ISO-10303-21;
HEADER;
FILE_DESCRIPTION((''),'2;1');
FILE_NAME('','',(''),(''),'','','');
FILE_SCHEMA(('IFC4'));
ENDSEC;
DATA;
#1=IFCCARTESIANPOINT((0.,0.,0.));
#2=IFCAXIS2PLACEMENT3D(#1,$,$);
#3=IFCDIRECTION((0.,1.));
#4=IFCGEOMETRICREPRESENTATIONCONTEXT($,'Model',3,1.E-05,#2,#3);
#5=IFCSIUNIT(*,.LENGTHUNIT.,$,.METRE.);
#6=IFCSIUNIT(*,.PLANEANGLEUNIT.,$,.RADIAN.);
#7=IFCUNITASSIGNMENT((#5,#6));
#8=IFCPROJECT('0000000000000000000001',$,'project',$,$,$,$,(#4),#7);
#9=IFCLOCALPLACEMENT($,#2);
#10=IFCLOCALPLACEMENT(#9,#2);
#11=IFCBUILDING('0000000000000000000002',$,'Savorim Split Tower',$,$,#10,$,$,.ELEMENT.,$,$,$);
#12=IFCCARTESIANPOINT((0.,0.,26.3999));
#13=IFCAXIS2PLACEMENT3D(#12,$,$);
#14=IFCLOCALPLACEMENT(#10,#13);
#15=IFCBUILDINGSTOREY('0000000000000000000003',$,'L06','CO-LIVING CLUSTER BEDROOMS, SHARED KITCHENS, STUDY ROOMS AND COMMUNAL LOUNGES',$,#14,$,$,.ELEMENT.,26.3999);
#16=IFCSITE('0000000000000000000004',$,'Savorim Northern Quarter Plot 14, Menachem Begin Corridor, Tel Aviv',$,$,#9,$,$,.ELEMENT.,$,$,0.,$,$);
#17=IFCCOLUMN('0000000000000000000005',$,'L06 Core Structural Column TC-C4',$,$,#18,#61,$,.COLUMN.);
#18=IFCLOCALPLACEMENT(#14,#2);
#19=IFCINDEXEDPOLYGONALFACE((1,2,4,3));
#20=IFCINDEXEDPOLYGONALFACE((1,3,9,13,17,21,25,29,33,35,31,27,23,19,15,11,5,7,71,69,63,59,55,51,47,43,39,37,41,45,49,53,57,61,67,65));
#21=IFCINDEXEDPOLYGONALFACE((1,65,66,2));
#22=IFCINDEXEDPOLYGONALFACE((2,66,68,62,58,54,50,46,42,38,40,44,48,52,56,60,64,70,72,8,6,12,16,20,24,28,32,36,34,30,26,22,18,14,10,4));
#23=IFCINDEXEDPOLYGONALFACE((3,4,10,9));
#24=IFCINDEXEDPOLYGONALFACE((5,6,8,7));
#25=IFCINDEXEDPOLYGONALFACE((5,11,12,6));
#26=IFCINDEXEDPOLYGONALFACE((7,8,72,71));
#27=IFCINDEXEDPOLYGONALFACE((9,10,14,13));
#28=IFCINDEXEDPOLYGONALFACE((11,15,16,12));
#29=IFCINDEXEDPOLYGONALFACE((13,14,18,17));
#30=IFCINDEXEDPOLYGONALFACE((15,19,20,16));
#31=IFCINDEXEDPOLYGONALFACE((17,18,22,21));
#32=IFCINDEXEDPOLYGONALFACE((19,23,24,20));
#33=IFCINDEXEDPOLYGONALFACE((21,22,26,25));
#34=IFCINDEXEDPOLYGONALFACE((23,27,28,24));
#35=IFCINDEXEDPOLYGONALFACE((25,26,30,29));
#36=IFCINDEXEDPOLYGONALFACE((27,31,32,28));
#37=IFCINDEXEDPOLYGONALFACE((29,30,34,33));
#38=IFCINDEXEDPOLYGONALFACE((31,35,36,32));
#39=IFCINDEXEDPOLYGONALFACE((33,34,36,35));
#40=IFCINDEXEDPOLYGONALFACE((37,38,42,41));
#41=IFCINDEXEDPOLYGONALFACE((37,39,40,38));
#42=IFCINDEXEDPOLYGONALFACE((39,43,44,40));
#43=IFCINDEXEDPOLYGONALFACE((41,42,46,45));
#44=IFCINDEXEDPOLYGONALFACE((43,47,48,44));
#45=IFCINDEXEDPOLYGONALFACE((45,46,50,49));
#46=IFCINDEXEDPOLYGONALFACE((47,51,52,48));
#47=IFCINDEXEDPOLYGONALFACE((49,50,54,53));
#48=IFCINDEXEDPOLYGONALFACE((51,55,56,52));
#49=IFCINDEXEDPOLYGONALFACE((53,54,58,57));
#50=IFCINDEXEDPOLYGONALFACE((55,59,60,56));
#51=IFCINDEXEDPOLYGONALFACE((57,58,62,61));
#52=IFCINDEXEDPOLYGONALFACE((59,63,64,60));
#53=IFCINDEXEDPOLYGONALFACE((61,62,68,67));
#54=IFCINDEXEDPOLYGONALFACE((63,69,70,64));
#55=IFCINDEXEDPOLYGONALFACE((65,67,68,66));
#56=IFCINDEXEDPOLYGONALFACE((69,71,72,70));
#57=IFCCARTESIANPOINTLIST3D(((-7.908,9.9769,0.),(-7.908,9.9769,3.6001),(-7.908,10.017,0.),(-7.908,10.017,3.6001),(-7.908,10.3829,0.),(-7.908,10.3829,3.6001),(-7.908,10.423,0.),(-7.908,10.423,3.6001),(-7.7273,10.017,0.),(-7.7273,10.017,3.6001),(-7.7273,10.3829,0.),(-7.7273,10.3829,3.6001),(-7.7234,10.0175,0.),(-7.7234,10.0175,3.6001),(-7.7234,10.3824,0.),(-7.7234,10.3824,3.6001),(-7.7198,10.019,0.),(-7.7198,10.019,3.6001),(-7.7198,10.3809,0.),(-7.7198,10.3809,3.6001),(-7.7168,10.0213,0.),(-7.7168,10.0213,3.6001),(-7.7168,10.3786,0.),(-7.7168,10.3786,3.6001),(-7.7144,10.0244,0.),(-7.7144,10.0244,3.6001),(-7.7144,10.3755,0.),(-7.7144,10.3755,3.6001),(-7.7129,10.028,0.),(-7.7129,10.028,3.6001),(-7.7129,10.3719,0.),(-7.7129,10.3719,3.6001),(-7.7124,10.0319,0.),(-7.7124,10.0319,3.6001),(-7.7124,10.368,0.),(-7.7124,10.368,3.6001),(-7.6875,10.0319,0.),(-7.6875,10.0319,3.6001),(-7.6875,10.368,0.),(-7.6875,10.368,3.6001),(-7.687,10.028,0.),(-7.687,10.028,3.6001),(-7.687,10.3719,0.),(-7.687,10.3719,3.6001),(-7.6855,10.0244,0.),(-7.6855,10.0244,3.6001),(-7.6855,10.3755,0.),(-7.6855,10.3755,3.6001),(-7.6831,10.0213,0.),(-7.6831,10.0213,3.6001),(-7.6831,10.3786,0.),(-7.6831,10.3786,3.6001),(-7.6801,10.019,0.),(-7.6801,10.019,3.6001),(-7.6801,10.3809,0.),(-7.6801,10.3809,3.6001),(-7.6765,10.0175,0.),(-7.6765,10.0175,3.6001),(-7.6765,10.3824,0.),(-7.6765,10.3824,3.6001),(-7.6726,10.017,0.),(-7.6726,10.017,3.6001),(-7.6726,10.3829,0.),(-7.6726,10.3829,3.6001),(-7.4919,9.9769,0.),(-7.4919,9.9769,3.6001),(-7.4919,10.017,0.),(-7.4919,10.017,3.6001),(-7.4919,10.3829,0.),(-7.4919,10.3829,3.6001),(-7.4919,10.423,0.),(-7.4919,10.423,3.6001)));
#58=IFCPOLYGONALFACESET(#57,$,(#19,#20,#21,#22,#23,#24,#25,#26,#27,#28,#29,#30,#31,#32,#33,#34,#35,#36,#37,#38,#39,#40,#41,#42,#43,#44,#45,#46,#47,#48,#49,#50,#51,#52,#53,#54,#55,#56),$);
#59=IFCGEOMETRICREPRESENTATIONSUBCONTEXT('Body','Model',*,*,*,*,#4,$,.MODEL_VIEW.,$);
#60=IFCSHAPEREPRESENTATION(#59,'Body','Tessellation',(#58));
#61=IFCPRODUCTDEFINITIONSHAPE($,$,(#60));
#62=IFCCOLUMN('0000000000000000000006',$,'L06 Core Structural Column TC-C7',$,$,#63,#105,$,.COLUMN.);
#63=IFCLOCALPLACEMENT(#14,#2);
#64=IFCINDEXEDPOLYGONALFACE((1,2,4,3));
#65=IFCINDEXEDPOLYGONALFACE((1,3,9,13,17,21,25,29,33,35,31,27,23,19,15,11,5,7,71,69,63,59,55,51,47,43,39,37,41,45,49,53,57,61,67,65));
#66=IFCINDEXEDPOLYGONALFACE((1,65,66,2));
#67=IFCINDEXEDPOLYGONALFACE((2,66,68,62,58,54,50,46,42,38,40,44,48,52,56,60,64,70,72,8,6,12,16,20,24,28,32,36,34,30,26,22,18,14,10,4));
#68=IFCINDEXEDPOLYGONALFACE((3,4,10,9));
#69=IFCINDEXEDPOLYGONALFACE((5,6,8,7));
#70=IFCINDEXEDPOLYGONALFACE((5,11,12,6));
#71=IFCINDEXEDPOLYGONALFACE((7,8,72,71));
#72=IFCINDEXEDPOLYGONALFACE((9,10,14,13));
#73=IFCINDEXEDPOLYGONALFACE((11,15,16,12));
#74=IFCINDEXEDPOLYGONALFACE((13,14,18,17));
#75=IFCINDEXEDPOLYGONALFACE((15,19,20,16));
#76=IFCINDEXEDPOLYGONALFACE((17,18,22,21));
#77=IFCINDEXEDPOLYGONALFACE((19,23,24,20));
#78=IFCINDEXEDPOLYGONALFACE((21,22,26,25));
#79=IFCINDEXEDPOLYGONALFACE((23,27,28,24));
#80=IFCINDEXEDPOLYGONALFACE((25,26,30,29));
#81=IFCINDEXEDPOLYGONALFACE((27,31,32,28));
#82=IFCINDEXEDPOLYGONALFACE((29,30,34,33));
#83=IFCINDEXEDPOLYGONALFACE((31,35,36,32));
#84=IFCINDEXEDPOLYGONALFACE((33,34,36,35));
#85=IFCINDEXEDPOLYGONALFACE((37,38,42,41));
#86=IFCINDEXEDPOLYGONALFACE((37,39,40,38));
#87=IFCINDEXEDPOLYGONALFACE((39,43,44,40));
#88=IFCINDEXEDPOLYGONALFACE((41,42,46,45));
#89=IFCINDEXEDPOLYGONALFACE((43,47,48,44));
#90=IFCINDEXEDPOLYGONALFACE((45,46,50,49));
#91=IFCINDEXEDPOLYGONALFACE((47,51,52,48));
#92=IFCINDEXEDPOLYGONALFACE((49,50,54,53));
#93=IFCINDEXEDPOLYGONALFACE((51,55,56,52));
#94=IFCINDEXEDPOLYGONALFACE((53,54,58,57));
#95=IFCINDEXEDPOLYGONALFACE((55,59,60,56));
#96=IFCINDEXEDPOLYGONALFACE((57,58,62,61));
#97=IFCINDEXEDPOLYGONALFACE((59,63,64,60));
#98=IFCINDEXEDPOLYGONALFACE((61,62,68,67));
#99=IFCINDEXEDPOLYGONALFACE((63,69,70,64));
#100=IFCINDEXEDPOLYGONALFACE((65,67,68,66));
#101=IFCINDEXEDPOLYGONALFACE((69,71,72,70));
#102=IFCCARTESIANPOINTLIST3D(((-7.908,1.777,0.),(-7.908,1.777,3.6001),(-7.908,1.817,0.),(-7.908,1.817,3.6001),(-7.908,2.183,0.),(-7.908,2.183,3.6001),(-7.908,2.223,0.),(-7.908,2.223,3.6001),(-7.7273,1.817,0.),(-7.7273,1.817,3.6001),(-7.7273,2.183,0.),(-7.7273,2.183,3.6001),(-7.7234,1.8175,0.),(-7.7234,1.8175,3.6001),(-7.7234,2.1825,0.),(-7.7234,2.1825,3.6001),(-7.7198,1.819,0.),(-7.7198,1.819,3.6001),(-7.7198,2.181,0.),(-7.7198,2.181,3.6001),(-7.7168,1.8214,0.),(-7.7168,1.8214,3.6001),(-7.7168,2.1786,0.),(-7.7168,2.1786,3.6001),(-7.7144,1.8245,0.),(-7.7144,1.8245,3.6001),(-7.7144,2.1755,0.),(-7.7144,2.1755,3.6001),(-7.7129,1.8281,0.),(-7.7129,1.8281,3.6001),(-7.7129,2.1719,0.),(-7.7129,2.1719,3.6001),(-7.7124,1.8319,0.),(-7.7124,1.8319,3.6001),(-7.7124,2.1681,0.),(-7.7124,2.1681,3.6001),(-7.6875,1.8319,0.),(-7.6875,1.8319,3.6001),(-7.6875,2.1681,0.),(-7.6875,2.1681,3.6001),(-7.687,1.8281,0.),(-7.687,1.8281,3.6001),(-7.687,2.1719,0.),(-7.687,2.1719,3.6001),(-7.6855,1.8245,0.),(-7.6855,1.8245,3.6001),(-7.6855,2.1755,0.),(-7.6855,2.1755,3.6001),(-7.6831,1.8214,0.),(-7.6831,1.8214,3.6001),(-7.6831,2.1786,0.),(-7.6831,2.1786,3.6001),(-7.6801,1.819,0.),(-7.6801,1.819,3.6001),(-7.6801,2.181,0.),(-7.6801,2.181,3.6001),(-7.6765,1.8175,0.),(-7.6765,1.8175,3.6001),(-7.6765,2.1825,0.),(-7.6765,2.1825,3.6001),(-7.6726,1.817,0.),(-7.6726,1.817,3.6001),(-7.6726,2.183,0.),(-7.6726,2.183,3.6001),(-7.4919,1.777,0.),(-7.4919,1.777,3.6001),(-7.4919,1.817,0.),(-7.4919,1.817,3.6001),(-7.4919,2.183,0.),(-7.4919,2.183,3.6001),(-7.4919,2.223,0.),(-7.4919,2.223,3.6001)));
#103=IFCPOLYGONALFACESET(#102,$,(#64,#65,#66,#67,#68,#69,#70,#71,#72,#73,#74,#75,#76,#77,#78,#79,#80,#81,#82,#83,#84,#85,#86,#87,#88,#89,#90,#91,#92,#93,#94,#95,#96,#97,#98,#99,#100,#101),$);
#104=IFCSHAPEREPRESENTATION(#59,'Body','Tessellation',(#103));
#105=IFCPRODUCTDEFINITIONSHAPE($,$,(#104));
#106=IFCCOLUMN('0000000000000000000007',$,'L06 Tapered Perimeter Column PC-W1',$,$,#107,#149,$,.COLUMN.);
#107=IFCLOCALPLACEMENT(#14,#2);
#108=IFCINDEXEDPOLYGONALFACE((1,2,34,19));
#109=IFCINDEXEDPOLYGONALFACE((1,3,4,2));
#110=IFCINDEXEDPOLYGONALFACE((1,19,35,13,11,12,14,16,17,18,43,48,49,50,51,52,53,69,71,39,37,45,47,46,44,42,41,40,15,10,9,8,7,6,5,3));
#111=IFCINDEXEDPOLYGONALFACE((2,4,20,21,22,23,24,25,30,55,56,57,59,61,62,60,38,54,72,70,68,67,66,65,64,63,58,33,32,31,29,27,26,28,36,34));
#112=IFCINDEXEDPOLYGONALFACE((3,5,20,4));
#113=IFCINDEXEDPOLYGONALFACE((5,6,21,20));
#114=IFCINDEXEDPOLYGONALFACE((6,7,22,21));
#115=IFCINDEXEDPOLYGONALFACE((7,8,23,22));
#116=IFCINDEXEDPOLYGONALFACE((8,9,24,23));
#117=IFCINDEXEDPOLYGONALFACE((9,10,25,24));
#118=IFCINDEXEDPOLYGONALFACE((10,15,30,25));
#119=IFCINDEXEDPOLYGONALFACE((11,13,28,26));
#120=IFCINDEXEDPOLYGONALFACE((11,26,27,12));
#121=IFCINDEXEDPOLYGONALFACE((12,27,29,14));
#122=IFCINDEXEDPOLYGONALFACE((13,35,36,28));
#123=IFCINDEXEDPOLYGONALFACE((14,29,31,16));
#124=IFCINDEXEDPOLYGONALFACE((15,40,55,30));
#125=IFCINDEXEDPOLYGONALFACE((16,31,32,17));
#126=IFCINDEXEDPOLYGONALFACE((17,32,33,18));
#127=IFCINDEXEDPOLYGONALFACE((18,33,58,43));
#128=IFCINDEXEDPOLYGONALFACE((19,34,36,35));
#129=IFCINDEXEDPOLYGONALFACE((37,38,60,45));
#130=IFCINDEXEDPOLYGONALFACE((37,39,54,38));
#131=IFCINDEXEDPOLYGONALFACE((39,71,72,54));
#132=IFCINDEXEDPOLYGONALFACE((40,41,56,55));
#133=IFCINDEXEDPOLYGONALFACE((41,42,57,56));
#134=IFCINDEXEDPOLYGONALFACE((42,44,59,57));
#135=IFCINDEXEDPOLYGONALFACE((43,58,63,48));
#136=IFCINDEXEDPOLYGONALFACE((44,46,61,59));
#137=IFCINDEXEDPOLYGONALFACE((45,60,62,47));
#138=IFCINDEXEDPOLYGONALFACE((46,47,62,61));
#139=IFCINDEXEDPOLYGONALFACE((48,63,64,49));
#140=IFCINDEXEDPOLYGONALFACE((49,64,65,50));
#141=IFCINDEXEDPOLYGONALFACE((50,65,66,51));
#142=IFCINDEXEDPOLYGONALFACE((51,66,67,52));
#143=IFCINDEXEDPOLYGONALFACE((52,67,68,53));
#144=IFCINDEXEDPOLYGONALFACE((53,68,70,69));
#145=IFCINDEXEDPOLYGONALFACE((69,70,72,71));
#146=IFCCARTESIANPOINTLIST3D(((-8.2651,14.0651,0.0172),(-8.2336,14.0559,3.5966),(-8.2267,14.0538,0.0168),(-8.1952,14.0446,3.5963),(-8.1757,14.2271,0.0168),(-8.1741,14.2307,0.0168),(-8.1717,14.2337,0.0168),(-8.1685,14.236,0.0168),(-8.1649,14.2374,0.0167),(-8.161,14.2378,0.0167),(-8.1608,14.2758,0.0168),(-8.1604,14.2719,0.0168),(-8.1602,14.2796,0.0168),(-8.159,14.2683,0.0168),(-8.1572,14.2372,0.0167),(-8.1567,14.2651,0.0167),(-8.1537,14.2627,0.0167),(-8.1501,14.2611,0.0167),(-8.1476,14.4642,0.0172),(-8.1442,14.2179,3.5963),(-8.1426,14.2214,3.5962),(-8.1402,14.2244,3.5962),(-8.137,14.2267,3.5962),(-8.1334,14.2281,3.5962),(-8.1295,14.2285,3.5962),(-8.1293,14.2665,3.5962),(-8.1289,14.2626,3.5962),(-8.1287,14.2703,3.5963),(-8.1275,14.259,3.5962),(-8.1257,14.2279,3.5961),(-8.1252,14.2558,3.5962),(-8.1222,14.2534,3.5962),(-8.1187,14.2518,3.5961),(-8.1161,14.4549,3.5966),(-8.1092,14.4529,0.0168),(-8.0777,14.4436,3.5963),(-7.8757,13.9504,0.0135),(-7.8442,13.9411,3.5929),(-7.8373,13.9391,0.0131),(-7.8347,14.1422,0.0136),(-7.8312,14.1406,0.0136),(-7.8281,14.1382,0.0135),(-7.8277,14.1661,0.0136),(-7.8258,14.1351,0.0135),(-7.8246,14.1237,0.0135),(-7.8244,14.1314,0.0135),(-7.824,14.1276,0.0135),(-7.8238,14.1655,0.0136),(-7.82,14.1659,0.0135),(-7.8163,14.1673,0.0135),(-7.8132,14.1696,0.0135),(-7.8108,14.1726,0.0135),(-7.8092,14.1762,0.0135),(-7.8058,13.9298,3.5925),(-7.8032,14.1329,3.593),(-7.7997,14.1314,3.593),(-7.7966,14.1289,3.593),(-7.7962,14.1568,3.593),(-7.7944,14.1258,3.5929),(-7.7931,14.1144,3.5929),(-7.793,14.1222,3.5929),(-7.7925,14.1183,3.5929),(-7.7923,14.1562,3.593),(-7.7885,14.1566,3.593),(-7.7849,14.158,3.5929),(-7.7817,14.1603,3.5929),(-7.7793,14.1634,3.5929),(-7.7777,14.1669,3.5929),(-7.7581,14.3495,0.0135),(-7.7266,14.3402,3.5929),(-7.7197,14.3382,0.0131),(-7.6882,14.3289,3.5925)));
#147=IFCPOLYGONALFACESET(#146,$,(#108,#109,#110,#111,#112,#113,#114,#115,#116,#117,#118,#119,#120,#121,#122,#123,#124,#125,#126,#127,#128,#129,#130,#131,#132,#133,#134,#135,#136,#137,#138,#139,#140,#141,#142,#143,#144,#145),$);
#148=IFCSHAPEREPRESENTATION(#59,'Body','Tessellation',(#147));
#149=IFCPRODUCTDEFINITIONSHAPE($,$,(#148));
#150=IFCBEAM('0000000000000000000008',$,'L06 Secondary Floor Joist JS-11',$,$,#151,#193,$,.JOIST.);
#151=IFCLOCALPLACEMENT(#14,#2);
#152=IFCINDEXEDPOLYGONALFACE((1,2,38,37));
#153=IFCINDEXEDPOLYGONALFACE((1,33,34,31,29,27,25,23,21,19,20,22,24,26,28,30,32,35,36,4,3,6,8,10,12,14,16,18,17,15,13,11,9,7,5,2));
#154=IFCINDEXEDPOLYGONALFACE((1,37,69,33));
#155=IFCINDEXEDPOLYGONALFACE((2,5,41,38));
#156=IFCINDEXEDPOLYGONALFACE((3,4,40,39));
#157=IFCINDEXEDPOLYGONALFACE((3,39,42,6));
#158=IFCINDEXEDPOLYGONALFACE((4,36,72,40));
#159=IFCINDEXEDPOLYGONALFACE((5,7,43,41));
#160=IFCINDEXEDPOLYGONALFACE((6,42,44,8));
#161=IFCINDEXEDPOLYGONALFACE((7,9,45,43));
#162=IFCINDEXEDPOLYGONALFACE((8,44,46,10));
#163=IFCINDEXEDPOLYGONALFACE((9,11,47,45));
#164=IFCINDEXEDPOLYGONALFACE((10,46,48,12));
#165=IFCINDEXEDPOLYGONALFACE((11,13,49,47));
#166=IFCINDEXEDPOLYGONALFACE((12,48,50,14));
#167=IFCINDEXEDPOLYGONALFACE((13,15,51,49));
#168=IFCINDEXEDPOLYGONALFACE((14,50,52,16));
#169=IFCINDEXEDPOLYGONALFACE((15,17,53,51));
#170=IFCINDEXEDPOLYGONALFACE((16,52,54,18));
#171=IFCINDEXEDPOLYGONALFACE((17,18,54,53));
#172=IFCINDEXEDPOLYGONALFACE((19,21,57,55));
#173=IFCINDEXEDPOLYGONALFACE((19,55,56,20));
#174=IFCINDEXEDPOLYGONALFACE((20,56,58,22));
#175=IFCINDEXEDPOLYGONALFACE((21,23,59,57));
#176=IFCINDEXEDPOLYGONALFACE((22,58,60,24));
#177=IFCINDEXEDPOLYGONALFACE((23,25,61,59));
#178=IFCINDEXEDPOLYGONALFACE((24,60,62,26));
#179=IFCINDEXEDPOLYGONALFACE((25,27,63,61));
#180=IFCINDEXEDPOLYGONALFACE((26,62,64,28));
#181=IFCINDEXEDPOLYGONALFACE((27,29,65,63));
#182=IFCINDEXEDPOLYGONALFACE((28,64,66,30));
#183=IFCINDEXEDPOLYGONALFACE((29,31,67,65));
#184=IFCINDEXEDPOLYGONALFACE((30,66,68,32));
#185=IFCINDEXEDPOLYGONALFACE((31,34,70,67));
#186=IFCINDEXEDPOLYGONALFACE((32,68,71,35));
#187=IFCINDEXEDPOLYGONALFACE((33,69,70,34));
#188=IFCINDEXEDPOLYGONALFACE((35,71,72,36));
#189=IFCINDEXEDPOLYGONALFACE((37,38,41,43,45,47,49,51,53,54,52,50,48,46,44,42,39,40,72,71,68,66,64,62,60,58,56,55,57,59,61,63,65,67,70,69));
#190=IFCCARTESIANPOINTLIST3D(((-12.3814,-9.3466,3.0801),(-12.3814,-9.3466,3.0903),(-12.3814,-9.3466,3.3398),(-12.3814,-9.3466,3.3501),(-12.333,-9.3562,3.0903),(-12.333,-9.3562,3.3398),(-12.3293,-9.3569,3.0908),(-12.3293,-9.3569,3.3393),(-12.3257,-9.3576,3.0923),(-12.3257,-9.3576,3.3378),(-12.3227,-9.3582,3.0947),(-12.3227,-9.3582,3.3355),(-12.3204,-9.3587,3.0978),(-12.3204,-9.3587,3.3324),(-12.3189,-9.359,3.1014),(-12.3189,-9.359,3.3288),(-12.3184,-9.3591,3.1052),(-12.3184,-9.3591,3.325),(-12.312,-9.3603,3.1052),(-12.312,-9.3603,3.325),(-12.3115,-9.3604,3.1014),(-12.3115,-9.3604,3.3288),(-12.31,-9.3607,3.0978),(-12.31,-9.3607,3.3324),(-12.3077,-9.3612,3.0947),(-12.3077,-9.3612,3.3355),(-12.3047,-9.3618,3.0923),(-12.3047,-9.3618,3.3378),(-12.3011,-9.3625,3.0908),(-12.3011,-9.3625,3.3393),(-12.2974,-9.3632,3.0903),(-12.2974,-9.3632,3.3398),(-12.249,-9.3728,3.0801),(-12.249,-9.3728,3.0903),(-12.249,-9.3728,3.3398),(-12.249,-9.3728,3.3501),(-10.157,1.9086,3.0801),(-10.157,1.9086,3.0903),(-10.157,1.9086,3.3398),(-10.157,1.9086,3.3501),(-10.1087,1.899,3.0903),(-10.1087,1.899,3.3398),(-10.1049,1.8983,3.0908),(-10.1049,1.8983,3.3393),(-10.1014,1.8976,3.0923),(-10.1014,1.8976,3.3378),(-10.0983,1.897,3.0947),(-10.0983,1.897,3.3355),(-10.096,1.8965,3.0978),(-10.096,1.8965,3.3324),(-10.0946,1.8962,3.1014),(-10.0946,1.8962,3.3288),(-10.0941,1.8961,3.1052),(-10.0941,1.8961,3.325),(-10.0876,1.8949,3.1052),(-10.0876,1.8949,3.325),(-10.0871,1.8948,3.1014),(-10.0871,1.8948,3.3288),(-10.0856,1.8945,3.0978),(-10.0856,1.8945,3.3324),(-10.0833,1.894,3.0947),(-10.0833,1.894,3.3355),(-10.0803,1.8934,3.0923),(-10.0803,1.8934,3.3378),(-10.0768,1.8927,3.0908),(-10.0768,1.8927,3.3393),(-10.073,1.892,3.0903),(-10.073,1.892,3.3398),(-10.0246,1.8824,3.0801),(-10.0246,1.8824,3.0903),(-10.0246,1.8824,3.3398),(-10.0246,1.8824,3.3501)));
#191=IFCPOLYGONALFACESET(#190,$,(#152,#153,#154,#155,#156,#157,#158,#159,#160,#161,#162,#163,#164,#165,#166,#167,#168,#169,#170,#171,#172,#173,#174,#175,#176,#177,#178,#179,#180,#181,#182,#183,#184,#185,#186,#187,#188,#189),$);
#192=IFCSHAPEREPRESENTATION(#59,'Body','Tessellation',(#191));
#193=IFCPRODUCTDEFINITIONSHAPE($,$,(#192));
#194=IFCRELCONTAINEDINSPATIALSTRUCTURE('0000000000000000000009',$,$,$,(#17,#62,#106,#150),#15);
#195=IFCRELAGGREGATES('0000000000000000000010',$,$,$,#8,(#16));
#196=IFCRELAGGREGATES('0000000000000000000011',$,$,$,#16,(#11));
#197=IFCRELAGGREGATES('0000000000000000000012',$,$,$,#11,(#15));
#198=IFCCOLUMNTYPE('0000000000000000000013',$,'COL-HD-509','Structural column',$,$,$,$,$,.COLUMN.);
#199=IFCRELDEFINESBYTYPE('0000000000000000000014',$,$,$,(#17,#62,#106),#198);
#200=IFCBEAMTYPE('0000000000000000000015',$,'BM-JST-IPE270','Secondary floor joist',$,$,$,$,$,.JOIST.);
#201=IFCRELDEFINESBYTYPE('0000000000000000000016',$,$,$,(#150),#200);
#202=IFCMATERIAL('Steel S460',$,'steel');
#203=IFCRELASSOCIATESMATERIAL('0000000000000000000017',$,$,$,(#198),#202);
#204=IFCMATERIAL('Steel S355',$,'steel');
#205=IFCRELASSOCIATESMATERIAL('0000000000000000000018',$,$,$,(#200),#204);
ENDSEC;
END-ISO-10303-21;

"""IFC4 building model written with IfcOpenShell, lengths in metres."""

from ifc_helpers import new_model, si_unit, direction, frame, origin, origin_2d, place, context, subcontext, project, spatial, i_section, extrude, material, material_profile, profile_set, type_object, element, save


model = new_model("IFC4")

# Units and contexts
model_context = context("Model", 3, precision=1e-05, world=origin(), true_north=direction((0.0, 1.0)))
body_context = subcontext(model_context, "Body", "Model", "MODEL_VIEW")
ifc_project = project(units=[si_unit("LENGTHUNIT", "METRE"), si_unit("PLANEANGLEUNIT", "RADIAN")], contexts=[model_context])

# Site, building, storey
site_placement = place(None, origin())
site = spatial("IfcSite", under=ifc_project, at=site_placement, Name="Savorim Northern Quarter Plot 14, Menachem Begin Corridor, Tel Aviv", CompositionType="ELEMENT", RefElevation=0.0)
building_placement = place(site_placement, origin())
building = spatial("IfcBuilding", under=site, at=building_placement, Name="Savorim Split Tower", CompositionType="ELEMENT")
storey_placement = place(building_placement, frame((0.0, 0.0, 26.3999)))
storey = spatial("IfcBuildingStorey", under=building, at=storey_placement, Name="L06", Description="CO-LIVING CLUSTER BEDROOMS, SHARED KITCHENS, STUDY ROOMS AND COMMUNAL LOUNGES", CompositionType="ELEMENT", Elevation=26.3999)

# Columns
ifc_material_1 = material(Name="Steel S460", Category="steel")
ifc_material_profile_1 = material_profile(ifc_material_1, i_section(OverallWidth=0.416, OverallDepth=0.446, WebThickness=0.0249, FlangeThickness=0.04, FilletRadius=0.0149, at=origin_2d()), Name="HD 400x509")
ifc_profile_set_1 = profile_set([ifc_material_profile_1], Name="Steel S460")
column_type = type_object("IfcColumnType", Name="COL-HD-509", Description="Structural column", PredefinedType="COLUMN", material=ifc_profile_set_1)
for number, where, z_axis, x_axis, name in (
    (1, (-7.7, 10.2, 0.0), (0.0, 0.0, 1.0), (1.0, 0.0, 0.0), "L06 Core Structural Column TC-C4"),
    (2, (-7.7, 2.0, 0.0), (0.0, 0.0, 1.0), (1.0, 0.0, 0.0), "L06 Core Structural Column TC-C7"),
):
    element("IfcColumn", number, at=place(storey_placement, frame(where, z_axis=z_axis, x_axis=x_axis)), inside=storey, type_object=column_type, Name=name, PredefinedType="COLUMN", context=body_context, shape_type="SweptSolid", body=[
        extrude(i_section(OverallWidth=0.416, OverallDepth=0.446, WebThickness=0.0249, FlangeThickness=0.04, FilletRadius=0.0149, at=origin_2d()), origin(), (0.0, 0.0, 1.0), 3.6001),
    ])
column_placement = place(storey_placement, frame((-7.9924, 14.2017, 0.0151), z_axis=(0.008798, -0.002592, 0.999958), x_axis=(0.282569, 0.959247, 0.0)))
element("IfcColumn", 3, at=column_placement, inside=storey, type_object=column_type, Name="L06 Tapered Perimeter Column PC-W1", PredefinedType="COLUMN", context=body_context, shape_type="SweptSolid", body=[
    extrude(i_section(OverallWidth=0.416, OverallDepth=0.446, WebThickness=0.0249, FlangeThickness=0.04, FilletRadius=0.0149, at=origin_2d()), origin(), (0.0, 0.0, 1.0), 3.5796),
])

# Beam
ifc_material_2 = material(Name="Steel S355", Category="steel")
ifc_material_profile_2 = material_profile(ifc_material_2, i_section(OverallWidth=0.135, OverallDepth=0.27, WebThickness=0.0066, FlangeThickness=0.0103, FilletRadius=0.0149, at=origin_2d()), Name="IPE 270")
ifc_profile_set_2 = profile_set([ifc_material_profile_2], Name="Steel S355")
beam_type_1 = type_object("IfcBeamType", Name="BM-JST-IPE270", Description="Secondary floor joist", PredefinedType="JOIST", material=ifc_profile_set_2)
beam_1_placement = place(storey_placement, frame((-10.0908, 1.8955, 3.2151), z_axis=(-0.193881, -0.981025, 0.0), x_axis=(0.981025, -0.193881, 0.0)))
element("IfcBeam", 4, at=beam_1_placement, inside=storey, type_object=beam_type_1, Name="L06 Secondary Floor Joist JS-11", PredefinedType="JOIST", context=body_context, shape_type="SweptSolid", body=[
    extrude(i_section(OverallWidth=0.135, OverallDepth=0.27, WebThickness=0.0066, FlangeThickness=0.0103, FilletRadius=0.0149, at=origin_2d()), origin(), (0.0, 0.0, 1.0), 11.4729),
])

save(model, "model.ifc")
